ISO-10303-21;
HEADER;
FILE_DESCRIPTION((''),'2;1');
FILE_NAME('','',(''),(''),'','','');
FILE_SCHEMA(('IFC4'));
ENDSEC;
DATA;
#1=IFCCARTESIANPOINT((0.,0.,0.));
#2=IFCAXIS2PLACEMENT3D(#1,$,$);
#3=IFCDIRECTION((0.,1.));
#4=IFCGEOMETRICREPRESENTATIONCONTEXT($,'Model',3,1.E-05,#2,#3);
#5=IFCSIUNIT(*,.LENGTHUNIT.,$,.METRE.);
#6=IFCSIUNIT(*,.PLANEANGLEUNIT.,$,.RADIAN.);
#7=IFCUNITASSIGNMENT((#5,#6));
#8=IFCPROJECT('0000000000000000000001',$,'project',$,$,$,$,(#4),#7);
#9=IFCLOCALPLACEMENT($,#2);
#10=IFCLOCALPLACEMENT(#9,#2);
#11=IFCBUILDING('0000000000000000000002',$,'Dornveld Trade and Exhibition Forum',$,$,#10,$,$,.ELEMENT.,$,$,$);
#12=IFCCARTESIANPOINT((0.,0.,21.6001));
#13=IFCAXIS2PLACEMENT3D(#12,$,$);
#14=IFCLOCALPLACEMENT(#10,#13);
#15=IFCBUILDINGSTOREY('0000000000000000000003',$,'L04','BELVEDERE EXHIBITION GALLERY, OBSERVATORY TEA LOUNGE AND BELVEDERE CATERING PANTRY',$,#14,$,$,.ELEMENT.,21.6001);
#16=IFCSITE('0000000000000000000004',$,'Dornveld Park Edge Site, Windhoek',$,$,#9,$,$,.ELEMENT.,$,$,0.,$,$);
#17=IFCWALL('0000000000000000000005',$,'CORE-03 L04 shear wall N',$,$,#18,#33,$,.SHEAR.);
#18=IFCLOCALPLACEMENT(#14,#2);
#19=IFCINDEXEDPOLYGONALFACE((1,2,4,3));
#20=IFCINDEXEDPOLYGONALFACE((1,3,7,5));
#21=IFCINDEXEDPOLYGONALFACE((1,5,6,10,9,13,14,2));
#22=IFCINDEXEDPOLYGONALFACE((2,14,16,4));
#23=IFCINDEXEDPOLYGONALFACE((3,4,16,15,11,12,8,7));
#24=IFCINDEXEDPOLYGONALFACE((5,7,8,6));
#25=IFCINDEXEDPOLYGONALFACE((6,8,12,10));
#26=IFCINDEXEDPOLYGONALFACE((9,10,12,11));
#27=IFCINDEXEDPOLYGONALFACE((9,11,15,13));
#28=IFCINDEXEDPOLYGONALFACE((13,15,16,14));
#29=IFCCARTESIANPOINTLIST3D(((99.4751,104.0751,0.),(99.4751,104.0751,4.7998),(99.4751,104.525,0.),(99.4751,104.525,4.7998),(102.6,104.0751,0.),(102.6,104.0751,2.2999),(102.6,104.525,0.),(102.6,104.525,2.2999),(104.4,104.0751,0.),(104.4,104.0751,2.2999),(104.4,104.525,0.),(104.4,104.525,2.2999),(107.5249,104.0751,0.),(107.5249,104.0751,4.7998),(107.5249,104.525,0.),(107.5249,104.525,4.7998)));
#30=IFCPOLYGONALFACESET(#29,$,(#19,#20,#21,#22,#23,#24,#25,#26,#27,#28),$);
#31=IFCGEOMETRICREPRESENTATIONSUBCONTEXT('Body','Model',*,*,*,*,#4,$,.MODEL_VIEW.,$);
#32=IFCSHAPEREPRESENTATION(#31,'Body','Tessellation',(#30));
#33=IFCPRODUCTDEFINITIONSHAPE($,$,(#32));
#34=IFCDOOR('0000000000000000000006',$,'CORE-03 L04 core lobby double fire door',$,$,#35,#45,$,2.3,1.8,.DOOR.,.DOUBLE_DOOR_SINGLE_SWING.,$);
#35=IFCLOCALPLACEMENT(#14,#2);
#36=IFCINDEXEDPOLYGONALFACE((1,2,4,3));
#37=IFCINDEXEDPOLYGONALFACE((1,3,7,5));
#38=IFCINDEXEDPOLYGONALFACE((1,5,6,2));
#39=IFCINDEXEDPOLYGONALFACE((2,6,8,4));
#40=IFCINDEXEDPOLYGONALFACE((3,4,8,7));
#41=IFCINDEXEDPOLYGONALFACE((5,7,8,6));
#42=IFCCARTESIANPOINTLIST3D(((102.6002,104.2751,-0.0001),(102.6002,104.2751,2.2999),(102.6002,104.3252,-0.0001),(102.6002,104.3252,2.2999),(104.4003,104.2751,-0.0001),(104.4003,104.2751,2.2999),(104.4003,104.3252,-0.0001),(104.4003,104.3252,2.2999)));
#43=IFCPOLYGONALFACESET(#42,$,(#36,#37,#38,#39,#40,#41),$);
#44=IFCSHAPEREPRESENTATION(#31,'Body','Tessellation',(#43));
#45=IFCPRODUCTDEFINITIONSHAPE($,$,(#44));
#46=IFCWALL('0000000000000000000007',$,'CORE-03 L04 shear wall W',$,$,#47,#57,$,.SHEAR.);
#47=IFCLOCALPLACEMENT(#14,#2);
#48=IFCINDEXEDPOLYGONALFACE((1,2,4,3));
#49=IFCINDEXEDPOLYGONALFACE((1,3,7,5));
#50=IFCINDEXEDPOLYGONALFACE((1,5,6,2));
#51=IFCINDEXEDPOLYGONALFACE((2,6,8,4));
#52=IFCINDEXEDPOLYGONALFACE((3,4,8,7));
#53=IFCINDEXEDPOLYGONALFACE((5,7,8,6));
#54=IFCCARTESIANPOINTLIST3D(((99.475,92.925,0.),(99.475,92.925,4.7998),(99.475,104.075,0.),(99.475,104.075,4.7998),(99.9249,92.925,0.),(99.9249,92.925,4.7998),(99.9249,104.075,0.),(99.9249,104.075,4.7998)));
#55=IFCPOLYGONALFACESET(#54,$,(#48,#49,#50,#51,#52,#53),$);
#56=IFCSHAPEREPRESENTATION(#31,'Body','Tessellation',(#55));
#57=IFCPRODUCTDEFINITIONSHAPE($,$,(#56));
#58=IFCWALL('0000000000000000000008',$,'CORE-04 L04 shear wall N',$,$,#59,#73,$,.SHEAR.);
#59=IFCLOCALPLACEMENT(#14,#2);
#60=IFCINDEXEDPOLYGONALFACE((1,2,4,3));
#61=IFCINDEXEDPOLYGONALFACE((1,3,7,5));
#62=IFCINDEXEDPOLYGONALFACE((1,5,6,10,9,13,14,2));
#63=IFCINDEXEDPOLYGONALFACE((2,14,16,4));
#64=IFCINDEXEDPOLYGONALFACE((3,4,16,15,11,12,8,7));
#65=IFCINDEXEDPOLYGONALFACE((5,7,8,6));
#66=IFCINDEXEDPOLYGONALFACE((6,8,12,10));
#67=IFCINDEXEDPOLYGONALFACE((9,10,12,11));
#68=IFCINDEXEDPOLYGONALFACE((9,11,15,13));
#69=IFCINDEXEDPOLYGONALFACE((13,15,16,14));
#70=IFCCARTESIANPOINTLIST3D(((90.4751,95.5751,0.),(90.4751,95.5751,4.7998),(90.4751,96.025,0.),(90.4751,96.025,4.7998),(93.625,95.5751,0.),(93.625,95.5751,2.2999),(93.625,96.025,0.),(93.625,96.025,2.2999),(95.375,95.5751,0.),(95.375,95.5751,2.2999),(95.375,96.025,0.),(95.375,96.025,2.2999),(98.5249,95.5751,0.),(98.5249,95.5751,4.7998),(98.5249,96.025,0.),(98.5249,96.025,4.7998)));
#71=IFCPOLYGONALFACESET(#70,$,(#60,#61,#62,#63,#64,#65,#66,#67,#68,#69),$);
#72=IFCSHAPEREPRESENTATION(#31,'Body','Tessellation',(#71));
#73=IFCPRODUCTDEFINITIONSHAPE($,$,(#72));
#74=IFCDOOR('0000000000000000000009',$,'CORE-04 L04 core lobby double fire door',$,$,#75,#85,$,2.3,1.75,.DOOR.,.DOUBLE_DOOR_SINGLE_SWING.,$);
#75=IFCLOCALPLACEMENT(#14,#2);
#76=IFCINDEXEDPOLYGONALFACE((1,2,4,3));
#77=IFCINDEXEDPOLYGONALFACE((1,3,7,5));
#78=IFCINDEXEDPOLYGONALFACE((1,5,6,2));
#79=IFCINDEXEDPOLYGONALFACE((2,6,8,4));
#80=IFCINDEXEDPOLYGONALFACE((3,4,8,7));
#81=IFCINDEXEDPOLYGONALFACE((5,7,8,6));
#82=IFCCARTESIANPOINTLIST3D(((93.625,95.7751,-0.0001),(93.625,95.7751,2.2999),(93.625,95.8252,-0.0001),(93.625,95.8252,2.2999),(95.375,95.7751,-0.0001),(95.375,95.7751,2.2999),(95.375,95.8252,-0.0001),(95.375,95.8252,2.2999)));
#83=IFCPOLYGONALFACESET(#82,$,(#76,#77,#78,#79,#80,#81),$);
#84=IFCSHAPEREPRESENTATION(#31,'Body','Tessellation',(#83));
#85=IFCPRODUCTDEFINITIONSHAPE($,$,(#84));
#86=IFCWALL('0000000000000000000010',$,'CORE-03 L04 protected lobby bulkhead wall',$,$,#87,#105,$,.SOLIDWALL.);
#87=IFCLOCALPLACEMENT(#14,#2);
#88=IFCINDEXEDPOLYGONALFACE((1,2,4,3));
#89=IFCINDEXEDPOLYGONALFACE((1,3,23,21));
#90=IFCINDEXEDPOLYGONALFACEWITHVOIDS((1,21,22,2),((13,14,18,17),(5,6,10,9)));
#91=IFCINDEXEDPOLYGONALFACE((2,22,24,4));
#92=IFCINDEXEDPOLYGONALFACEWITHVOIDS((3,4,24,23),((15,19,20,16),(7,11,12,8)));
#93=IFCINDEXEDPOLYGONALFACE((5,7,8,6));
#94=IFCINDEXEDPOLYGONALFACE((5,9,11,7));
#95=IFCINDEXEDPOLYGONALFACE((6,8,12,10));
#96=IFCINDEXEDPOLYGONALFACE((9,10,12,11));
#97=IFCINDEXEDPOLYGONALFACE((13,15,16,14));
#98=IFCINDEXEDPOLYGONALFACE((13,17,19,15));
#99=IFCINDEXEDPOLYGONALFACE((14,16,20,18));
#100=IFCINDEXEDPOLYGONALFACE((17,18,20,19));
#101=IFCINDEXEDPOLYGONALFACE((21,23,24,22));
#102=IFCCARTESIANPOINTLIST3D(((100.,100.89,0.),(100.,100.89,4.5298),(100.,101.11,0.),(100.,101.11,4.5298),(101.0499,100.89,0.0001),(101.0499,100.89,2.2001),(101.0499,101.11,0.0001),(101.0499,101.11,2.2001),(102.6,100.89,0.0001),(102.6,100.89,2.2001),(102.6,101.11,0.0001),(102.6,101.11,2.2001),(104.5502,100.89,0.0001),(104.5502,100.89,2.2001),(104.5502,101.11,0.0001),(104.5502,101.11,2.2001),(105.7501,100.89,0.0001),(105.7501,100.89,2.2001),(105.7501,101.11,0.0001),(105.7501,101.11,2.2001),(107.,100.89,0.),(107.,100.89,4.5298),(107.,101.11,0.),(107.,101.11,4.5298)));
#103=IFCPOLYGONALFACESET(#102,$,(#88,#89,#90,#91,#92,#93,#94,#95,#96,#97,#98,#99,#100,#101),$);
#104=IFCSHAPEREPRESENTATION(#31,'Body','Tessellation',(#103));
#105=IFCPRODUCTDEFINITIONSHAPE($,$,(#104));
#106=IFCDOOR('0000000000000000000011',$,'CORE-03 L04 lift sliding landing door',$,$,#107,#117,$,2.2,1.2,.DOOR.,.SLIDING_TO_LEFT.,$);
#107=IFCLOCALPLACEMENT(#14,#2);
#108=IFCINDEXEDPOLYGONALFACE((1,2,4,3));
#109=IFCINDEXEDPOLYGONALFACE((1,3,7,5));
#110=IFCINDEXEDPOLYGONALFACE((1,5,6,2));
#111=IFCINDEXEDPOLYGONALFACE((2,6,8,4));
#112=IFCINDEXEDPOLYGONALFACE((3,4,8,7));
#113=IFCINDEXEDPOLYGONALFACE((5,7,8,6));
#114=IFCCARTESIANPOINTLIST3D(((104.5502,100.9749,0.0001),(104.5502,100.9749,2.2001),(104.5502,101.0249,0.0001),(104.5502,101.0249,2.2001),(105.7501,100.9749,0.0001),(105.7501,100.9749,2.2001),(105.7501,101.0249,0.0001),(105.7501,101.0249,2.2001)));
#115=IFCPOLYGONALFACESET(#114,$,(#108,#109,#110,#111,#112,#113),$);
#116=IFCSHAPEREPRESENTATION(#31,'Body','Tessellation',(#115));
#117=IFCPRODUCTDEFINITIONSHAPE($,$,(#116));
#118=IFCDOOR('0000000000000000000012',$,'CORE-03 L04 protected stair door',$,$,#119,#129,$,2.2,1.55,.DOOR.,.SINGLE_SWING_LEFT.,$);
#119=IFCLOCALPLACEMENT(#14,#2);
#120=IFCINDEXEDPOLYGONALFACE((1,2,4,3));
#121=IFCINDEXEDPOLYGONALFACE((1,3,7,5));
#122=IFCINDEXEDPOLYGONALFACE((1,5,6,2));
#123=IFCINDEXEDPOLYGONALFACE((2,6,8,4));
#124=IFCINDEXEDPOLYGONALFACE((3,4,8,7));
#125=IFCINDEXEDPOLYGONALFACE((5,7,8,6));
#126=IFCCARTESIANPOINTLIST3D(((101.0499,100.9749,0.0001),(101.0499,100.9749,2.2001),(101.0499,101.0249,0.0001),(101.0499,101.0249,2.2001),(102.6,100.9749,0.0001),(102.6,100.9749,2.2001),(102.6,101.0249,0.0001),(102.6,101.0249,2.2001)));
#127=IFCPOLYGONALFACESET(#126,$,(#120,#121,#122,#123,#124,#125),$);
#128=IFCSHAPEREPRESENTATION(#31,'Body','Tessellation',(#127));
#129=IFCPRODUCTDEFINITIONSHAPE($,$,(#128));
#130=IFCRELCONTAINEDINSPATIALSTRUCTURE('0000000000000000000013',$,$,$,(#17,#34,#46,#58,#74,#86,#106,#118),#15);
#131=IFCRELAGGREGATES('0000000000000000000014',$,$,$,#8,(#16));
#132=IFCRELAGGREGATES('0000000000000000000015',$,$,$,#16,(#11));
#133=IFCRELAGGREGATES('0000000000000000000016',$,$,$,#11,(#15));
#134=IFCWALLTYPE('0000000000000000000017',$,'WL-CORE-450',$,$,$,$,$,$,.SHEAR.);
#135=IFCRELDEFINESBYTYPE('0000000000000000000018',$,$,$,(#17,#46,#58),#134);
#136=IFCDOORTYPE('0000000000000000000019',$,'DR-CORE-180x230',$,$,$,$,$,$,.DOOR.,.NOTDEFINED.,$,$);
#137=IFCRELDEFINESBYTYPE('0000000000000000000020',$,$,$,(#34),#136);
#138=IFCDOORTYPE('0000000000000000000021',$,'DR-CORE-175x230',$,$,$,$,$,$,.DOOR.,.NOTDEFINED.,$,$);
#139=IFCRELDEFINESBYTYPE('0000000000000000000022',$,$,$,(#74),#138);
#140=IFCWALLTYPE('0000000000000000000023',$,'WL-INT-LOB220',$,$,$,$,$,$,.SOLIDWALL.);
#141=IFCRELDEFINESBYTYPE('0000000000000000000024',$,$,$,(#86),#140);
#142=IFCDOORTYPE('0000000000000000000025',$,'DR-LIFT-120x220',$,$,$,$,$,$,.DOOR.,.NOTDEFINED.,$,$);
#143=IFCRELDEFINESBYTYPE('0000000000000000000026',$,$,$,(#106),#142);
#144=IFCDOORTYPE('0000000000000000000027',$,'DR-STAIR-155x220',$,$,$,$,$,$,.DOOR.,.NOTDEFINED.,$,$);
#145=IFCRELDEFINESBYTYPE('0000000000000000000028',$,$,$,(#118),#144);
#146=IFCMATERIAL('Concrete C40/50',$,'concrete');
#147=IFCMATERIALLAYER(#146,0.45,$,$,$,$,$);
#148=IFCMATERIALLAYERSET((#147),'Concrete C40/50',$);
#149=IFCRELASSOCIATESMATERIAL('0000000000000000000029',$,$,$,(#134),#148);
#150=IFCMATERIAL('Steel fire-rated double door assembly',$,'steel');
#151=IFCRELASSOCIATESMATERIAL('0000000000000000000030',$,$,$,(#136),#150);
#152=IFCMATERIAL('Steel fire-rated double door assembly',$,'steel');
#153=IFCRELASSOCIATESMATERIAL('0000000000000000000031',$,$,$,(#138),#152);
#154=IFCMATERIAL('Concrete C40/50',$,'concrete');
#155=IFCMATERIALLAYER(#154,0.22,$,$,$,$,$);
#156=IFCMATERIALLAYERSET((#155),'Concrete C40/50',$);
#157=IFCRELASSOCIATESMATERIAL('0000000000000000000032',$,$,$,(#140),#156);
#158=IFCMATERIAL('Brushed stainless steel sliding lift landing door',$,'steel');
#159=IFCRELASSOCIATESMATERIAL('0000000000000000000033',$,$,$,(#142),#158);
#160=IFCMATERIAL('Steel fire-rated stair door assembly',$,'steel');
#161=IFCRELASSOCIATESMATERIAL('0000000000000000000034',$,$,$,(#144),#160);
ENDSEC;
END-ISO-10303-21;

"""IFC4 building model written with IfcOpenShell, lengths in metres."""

from ifc_helpers import new_model, si_unit, direction, frame, frame_2d, origin, place, context, subcontext, project, spatial, rectangle, extrude, material, layer, layer_set, type_object, element, fill, save


model = new_model("IFC4")

# Units and contexts
model_context = context("Model", 3, precision=1e-05, world=origin(), true_north=direction((0.0, 1.0)))
body_context = subcontext(model_context, "Body", "Model", "MODEL_VIEW")
ifc_project = project(units=[si_unit("LENGTHUNIT", "METRE"), si_unit("PLANEANGLEUNIT", "RADIAN")], contexts=[model_context])

# Site, building, storey
site_placement = place(None, origin())
site = spatial("IfcSite", under=ifc_project, at=site_placement, Name="Dornveld Park Edge Site, Windhoek", CompositionType="ELEMENT", RefElevation=0.0)
building_placement = place(site_placement, origin())
building = spatial("IfcBuilding", under=site, at=building_placement, Name="Dornveld Trade and Exhibition Forum", CompositionType="ELEMENT")
storey_placement = place(building_placement, frame((0.0, 0.0, 21.6001)))
storey = spatial("IfcBuildingStorey", under=building, at=storey_placement, Name="L04", Description="BELVEDERE EXHIBITION GALLERY, OBSERVATORY TEA LOUNGE AND BELVEDERE CATERING PANTRY", CompositionType="ELEMENT", Elevation=21.6001)

# Shared definitions
ifc_material_1 = material(Name="Concrete C40/50", Category="concrete")
ifc_layer_1 = layer(ifc_material_1, 0.45)
ifc_layer_set_1 = layer_set([ifc_layer_1], Name="Concrete C40/50")
wall_type_1 = type_object("IfcWallType", Name="WL-CORE-450", PredefinedType="SHEAR", material=ifc_layer_set_1)

# Wall, opening, door
wall_1_placement = place(storey_placement, frame((99.4751, 104.3, 0.0), z_axis=(0.0, 0.0, 1.0), x_axis=(1.0, 0.0, 0.0)))
wall_1 = element("IfcWall", 1, at=wall_1_placement, inside=storey, type_object=wall_type_1, Name="CORE-03 L04 shear wall N", PredefinedType="SHEAR", context=body_context, shape_type="SweptSolid", body=[
    extrude(rectangle(XDim=8.0498, YDim=0.45, at=frame_2d((4.0249, 0.0))), origin(), (0.0, 0.0, 1.0), 4.7998),
])
opening_1_placement = place(wall_1_placement, frame((3.125, 0.0, 0.0)))
opening_1 = element("IfcOpeningElement", 2, at=opening_1_placement, cuts=wall_1, PredefinedType="OPENING", context=body_context, shape_type="SweptSolid", body=[
    extrude(rectangle(XDim=1.8, YDim=2.3, at=frame_2d((0.8999, 1.1499))), frame((0.0, 0.2349, 0.0), z_axis=(0.0, -1.0, 0.0), x_axis=(1.0, 0.0, 0.0)), (0.0, 0.0, 1.0), 0.47),
])
ifc_material_2 = material(Name="Steel fire-rated double door assembly", Category="steel")
door_type_1 = type_object("IfcDoorType", Name="DR-CORE-180x230", OperationType="NOTDEFINED", PredefinedType="DOOR", material=ifc_material_2)
door_1_placement = place(opening_1_placement, frame((1.8, 0.0, 0.0), z_axis=(0.0, 0.0, 1.0), x_axis=(-1.0, 0.0, 0.0)))
door_1 = element("IfcDoor", 3, at=door_1_placement, inside=storey, type_object=door_type_1, Name="CORE-03 L04 core lobby double fire door", OperationType="DOUBLE_DOOR_SINGLE_SWING", OverallHeight=2.3, OverallWidth=1.8, PredefinedType="DOOR", context=body_context, shape_type="SweptSolid", body=[
    extrude(rectangle(XDim=1.8, YDim=2.3, at=frame_2d((0.8999, 1.1499))), frame((0.0, 0.0249, 0.0), z_axis=(0.0, -1.0, 0.0), x_axis=(1.0, 0.0, 0.0)), (0.0, 0.0, 1.0), 0.05),
])
fill(opening_1, door_1)

# Wall
wall_2_placement = place(storey_placement, frame((99.7, 92.925, 0.0), z_axis=(0.0, 0.0, 1.0), x_axis=(0.0, 1.0, 0.0)))
element("IfcWall", 4, at=wall_2_placement, inside=storey, type_object=wall_type_1, Name="CORE-03 L04 shear wall W", PredefinedType="SHEAR", context=body_context, shape_type="SweptSolid", body=[
    extrude(rectangle(XDim=11.1499, YDim=0.45, at=frame_2d((5.575, 0.0))), origin(), (0.0, 0.0, 1.0), 4.7998),
])

# Wall, opening, door
wall_3_placement = place(storey_placement, frame((90.4751, 95.8, 0.0), z_axis=(0.0, 0.0, 1.0), x_axis=(1.0, 0.0, 0.0)))
wall_3 = element("IfcWall", 5, at=wall_3_placement, inside=storey, type_object=wall_type_1, Name="CORE-04 L04 shear wall N", PredefinedType="SHEAR", context=body_context, shape_type="SweptSolid", body=[
    extrude(rectangle(XDim=8.0498, YDim=0.45, at=frame_2d((4.0249, 0.0))), origin(), (0.0, 0.0, 1.0), 4.7998),
])
opening_2_placement = place(wall_3_placement, frame((3.1499, 0.0, 0.0)))
opening_2 = element("IfcOpeningElement", 6, at=opening_2_placement, cuts=wall_3, PredefinedType="OPENING", context=body_context, shape_type="SweptSolid", body=[
    extrude(rectangle(XDim=1.75, YDim=2.3, at=frame_2d((0.875, 1.1499))), frame((0.0, 0.2349, 0.0), z_axis=(0.0, -1.0, 0.0), x_axis=(1.0, 0.0, 0.0)), (0.0, 0.0, 1.0), 0.47),
])
ifc_material_3 = material(Name="Steel fire-rated double door assembly", Category="steel")
door_type_2 = type_object("IfcDoorType", Name="DR-CORE-175x230", OperationType="NOTDEFINED", PredefinedType="DOOR", material=ifc_material_3)
door_2_placement = place(opening_2_placement, frame((1.75, 0.0, 0.0), z_axis=(0.0, 0.0, 1.0), x_axis=(-1.0, 0.0, 0.0)))
door_2 = element("IfcDoor", 7, at=door_2_placement, inside=storey, type_object=door_type_2, Name="CORE-04 L04 core lobby double fire door", OperationType="DOUBLE_DOOR_SINGLE_SWING", OverallHeight=2.3, OverallWidth=1.75, PredefinedType="DOOR", context=body_context, shape_type="SweptSolid", body=[
    extrude(rectangle(XDim=1.75, YDim=2.3, at=frame_2d((0.875, 1.1499))), frame((0.0, 0.0249, 0.0), z_axis=(0.0, -1.0, 0.0), x_axis=(1.0, 0.0, 0.0)), (0.0, 0.0, 1.0), 0.05),
])
fill(opening_2, door_2)

# Wall, openings, doors
ifc_material_4 = material(Name="Concrete C40/50", Category="concrete")
ifc_layer_2 = layer(ifc_material_4, 0.22)
ifc_layer_set_2 = layer_set([ifc_layer_2], Name="Concrete C40/50")
wall_type_2 = type_object("IfcWallType", Name="WL-INT-LOB220", PredefinedType="SOLIDWALL", material=ifc_layer_set_2)
wall_4_placement = place(storey_placement, frame((100.0, 101.0, 0.0), z_axis=(0.0, 0.0, 1.0), x_axis=(1.0, 0.0, 0.0)))
wall_4 = element("IfcWall", 8, at=wall_4_placement, inside=storey, type_object=wall_type_2, Name="CORE-03 L04 protected lobby bulkhead wall", PredefinedType="SOLIDWALL", context=body_context, shape_type="SweptSolid", body=[
    extrude(rectangle(XDim=7.0, YDim=0.22, at=frame_2d((3.5, 0.0))), origin(), (0.0, 0.0, 1.0), 4.5298),
])
opening_3_placement = place(wall_4_placement, frame((1.05, 0.0, 0.0)))
opening_3 = element("IfcOpeningElement", 9, at=opening_3_placement, cuts=wall_4, PredefinedType="OPENING", context=body_context, shape_type="SweptSolid", body=[
    extrude(rectangle(XDim=1.55, YDim=2.2, at=frame_2d((0.7749, 1.1001))), frame((0.0, 0.1199, 0.0), z_axis=(0.0, -1.0, 0.0), x_axis=(1.0, 0.0, 0.0)), (0.0, 0.0, 1.0), 0.24),
])
opening_4_placement = place(wall_4_placement, frame((4.55, 0.0, 0.0)))
opening_4 = element("IfcOpeningElement", 10, at=opening_4_placement, cuts=wall_4, PredefinedType="OPENING", context=body_context, shape_type="SweptSolid", body=[
    extrude(rectangle(XDim=1.2, YDim=2.2, at=frame_2d((0.6001, 1.1001))), frame((0.0, 0.1199, 0.0), z_axis=(0.0, -1.0, 0.0), x_axis=(1.0, 0.0, 0.0)), (0.0, 0.0, 1.0), 0.24),
])
ifc_material_5 = material(Name="Brushed stainless steel sliding lift landing door", Category="steel")
door_type_3 = type_object("IfcDoorType", Name="DR-LIFT-120x220", OperationType="NOTDEFINED", PredefinedType="DOOR", material=ifc_material_5)
door_3_placement = place(opening_4_placement, origin())
door_3 = element("IfcDoor", 11, at=door_3_placement, inside=storey, type_object=door_type_3, Name="CORE-03 L04 lift sliding landing door", OperationType="SLIDING_TO_LEFT", OverallHeight=2.2, OverallWidth=1.2, PredefinedType="DOOR", context=body_context, shape_type="SweptSolid", body=[
    extrude(rectangle(XDim=1.2, YDim=2.2, at=frame_2d((0.6001, 1.1001))), frame((0.0, 0.0249, 0.0), z_axis=(0.0, -1.0, 0.0), x_axis=(1.0, 0.0, 0.0)), (0.0, 0.0, 1.0), 0.05),
])
fill(opening_4, door_3)
ifc_material_6 = material(Name="Steel fire-rated stair door assembly", Category="steel")
door_type_4 = type_object("IfcDoorType", Name="DR-STAIR-155x220", OperationType="NOTDEFINED", PredefinedType="DOOR", material=ifc_material_6)
door_4_placement = place(opening_3_placement, origin())
door_4 = element("IfcDoor", 12, at=door_4_placement, inside=storey, type_object=door_type_4, Name="CORE-03 L04 protected stair door", OperationType="SINGLE_SWING_LEFT", OverallHeight=2.2, OverallWidth=1.55, PredefinedType="DOOR", context=body_context, shape_type="SweptSolid", body=[
    extrude(rectangle(XDim=1.55, YDim=2.2, at=frame_2d((0.7749, 1.1001))), frame((0.0, 0.0249, 0.0), z_axis=(0.0, -1.0, 0.0), x_axis=(1.0, 0.0, 0.0)), (0.0, 0.0, 1.0), 0.05),
])
fill(opening_3, door_4)

save(model, "model.ifc")
